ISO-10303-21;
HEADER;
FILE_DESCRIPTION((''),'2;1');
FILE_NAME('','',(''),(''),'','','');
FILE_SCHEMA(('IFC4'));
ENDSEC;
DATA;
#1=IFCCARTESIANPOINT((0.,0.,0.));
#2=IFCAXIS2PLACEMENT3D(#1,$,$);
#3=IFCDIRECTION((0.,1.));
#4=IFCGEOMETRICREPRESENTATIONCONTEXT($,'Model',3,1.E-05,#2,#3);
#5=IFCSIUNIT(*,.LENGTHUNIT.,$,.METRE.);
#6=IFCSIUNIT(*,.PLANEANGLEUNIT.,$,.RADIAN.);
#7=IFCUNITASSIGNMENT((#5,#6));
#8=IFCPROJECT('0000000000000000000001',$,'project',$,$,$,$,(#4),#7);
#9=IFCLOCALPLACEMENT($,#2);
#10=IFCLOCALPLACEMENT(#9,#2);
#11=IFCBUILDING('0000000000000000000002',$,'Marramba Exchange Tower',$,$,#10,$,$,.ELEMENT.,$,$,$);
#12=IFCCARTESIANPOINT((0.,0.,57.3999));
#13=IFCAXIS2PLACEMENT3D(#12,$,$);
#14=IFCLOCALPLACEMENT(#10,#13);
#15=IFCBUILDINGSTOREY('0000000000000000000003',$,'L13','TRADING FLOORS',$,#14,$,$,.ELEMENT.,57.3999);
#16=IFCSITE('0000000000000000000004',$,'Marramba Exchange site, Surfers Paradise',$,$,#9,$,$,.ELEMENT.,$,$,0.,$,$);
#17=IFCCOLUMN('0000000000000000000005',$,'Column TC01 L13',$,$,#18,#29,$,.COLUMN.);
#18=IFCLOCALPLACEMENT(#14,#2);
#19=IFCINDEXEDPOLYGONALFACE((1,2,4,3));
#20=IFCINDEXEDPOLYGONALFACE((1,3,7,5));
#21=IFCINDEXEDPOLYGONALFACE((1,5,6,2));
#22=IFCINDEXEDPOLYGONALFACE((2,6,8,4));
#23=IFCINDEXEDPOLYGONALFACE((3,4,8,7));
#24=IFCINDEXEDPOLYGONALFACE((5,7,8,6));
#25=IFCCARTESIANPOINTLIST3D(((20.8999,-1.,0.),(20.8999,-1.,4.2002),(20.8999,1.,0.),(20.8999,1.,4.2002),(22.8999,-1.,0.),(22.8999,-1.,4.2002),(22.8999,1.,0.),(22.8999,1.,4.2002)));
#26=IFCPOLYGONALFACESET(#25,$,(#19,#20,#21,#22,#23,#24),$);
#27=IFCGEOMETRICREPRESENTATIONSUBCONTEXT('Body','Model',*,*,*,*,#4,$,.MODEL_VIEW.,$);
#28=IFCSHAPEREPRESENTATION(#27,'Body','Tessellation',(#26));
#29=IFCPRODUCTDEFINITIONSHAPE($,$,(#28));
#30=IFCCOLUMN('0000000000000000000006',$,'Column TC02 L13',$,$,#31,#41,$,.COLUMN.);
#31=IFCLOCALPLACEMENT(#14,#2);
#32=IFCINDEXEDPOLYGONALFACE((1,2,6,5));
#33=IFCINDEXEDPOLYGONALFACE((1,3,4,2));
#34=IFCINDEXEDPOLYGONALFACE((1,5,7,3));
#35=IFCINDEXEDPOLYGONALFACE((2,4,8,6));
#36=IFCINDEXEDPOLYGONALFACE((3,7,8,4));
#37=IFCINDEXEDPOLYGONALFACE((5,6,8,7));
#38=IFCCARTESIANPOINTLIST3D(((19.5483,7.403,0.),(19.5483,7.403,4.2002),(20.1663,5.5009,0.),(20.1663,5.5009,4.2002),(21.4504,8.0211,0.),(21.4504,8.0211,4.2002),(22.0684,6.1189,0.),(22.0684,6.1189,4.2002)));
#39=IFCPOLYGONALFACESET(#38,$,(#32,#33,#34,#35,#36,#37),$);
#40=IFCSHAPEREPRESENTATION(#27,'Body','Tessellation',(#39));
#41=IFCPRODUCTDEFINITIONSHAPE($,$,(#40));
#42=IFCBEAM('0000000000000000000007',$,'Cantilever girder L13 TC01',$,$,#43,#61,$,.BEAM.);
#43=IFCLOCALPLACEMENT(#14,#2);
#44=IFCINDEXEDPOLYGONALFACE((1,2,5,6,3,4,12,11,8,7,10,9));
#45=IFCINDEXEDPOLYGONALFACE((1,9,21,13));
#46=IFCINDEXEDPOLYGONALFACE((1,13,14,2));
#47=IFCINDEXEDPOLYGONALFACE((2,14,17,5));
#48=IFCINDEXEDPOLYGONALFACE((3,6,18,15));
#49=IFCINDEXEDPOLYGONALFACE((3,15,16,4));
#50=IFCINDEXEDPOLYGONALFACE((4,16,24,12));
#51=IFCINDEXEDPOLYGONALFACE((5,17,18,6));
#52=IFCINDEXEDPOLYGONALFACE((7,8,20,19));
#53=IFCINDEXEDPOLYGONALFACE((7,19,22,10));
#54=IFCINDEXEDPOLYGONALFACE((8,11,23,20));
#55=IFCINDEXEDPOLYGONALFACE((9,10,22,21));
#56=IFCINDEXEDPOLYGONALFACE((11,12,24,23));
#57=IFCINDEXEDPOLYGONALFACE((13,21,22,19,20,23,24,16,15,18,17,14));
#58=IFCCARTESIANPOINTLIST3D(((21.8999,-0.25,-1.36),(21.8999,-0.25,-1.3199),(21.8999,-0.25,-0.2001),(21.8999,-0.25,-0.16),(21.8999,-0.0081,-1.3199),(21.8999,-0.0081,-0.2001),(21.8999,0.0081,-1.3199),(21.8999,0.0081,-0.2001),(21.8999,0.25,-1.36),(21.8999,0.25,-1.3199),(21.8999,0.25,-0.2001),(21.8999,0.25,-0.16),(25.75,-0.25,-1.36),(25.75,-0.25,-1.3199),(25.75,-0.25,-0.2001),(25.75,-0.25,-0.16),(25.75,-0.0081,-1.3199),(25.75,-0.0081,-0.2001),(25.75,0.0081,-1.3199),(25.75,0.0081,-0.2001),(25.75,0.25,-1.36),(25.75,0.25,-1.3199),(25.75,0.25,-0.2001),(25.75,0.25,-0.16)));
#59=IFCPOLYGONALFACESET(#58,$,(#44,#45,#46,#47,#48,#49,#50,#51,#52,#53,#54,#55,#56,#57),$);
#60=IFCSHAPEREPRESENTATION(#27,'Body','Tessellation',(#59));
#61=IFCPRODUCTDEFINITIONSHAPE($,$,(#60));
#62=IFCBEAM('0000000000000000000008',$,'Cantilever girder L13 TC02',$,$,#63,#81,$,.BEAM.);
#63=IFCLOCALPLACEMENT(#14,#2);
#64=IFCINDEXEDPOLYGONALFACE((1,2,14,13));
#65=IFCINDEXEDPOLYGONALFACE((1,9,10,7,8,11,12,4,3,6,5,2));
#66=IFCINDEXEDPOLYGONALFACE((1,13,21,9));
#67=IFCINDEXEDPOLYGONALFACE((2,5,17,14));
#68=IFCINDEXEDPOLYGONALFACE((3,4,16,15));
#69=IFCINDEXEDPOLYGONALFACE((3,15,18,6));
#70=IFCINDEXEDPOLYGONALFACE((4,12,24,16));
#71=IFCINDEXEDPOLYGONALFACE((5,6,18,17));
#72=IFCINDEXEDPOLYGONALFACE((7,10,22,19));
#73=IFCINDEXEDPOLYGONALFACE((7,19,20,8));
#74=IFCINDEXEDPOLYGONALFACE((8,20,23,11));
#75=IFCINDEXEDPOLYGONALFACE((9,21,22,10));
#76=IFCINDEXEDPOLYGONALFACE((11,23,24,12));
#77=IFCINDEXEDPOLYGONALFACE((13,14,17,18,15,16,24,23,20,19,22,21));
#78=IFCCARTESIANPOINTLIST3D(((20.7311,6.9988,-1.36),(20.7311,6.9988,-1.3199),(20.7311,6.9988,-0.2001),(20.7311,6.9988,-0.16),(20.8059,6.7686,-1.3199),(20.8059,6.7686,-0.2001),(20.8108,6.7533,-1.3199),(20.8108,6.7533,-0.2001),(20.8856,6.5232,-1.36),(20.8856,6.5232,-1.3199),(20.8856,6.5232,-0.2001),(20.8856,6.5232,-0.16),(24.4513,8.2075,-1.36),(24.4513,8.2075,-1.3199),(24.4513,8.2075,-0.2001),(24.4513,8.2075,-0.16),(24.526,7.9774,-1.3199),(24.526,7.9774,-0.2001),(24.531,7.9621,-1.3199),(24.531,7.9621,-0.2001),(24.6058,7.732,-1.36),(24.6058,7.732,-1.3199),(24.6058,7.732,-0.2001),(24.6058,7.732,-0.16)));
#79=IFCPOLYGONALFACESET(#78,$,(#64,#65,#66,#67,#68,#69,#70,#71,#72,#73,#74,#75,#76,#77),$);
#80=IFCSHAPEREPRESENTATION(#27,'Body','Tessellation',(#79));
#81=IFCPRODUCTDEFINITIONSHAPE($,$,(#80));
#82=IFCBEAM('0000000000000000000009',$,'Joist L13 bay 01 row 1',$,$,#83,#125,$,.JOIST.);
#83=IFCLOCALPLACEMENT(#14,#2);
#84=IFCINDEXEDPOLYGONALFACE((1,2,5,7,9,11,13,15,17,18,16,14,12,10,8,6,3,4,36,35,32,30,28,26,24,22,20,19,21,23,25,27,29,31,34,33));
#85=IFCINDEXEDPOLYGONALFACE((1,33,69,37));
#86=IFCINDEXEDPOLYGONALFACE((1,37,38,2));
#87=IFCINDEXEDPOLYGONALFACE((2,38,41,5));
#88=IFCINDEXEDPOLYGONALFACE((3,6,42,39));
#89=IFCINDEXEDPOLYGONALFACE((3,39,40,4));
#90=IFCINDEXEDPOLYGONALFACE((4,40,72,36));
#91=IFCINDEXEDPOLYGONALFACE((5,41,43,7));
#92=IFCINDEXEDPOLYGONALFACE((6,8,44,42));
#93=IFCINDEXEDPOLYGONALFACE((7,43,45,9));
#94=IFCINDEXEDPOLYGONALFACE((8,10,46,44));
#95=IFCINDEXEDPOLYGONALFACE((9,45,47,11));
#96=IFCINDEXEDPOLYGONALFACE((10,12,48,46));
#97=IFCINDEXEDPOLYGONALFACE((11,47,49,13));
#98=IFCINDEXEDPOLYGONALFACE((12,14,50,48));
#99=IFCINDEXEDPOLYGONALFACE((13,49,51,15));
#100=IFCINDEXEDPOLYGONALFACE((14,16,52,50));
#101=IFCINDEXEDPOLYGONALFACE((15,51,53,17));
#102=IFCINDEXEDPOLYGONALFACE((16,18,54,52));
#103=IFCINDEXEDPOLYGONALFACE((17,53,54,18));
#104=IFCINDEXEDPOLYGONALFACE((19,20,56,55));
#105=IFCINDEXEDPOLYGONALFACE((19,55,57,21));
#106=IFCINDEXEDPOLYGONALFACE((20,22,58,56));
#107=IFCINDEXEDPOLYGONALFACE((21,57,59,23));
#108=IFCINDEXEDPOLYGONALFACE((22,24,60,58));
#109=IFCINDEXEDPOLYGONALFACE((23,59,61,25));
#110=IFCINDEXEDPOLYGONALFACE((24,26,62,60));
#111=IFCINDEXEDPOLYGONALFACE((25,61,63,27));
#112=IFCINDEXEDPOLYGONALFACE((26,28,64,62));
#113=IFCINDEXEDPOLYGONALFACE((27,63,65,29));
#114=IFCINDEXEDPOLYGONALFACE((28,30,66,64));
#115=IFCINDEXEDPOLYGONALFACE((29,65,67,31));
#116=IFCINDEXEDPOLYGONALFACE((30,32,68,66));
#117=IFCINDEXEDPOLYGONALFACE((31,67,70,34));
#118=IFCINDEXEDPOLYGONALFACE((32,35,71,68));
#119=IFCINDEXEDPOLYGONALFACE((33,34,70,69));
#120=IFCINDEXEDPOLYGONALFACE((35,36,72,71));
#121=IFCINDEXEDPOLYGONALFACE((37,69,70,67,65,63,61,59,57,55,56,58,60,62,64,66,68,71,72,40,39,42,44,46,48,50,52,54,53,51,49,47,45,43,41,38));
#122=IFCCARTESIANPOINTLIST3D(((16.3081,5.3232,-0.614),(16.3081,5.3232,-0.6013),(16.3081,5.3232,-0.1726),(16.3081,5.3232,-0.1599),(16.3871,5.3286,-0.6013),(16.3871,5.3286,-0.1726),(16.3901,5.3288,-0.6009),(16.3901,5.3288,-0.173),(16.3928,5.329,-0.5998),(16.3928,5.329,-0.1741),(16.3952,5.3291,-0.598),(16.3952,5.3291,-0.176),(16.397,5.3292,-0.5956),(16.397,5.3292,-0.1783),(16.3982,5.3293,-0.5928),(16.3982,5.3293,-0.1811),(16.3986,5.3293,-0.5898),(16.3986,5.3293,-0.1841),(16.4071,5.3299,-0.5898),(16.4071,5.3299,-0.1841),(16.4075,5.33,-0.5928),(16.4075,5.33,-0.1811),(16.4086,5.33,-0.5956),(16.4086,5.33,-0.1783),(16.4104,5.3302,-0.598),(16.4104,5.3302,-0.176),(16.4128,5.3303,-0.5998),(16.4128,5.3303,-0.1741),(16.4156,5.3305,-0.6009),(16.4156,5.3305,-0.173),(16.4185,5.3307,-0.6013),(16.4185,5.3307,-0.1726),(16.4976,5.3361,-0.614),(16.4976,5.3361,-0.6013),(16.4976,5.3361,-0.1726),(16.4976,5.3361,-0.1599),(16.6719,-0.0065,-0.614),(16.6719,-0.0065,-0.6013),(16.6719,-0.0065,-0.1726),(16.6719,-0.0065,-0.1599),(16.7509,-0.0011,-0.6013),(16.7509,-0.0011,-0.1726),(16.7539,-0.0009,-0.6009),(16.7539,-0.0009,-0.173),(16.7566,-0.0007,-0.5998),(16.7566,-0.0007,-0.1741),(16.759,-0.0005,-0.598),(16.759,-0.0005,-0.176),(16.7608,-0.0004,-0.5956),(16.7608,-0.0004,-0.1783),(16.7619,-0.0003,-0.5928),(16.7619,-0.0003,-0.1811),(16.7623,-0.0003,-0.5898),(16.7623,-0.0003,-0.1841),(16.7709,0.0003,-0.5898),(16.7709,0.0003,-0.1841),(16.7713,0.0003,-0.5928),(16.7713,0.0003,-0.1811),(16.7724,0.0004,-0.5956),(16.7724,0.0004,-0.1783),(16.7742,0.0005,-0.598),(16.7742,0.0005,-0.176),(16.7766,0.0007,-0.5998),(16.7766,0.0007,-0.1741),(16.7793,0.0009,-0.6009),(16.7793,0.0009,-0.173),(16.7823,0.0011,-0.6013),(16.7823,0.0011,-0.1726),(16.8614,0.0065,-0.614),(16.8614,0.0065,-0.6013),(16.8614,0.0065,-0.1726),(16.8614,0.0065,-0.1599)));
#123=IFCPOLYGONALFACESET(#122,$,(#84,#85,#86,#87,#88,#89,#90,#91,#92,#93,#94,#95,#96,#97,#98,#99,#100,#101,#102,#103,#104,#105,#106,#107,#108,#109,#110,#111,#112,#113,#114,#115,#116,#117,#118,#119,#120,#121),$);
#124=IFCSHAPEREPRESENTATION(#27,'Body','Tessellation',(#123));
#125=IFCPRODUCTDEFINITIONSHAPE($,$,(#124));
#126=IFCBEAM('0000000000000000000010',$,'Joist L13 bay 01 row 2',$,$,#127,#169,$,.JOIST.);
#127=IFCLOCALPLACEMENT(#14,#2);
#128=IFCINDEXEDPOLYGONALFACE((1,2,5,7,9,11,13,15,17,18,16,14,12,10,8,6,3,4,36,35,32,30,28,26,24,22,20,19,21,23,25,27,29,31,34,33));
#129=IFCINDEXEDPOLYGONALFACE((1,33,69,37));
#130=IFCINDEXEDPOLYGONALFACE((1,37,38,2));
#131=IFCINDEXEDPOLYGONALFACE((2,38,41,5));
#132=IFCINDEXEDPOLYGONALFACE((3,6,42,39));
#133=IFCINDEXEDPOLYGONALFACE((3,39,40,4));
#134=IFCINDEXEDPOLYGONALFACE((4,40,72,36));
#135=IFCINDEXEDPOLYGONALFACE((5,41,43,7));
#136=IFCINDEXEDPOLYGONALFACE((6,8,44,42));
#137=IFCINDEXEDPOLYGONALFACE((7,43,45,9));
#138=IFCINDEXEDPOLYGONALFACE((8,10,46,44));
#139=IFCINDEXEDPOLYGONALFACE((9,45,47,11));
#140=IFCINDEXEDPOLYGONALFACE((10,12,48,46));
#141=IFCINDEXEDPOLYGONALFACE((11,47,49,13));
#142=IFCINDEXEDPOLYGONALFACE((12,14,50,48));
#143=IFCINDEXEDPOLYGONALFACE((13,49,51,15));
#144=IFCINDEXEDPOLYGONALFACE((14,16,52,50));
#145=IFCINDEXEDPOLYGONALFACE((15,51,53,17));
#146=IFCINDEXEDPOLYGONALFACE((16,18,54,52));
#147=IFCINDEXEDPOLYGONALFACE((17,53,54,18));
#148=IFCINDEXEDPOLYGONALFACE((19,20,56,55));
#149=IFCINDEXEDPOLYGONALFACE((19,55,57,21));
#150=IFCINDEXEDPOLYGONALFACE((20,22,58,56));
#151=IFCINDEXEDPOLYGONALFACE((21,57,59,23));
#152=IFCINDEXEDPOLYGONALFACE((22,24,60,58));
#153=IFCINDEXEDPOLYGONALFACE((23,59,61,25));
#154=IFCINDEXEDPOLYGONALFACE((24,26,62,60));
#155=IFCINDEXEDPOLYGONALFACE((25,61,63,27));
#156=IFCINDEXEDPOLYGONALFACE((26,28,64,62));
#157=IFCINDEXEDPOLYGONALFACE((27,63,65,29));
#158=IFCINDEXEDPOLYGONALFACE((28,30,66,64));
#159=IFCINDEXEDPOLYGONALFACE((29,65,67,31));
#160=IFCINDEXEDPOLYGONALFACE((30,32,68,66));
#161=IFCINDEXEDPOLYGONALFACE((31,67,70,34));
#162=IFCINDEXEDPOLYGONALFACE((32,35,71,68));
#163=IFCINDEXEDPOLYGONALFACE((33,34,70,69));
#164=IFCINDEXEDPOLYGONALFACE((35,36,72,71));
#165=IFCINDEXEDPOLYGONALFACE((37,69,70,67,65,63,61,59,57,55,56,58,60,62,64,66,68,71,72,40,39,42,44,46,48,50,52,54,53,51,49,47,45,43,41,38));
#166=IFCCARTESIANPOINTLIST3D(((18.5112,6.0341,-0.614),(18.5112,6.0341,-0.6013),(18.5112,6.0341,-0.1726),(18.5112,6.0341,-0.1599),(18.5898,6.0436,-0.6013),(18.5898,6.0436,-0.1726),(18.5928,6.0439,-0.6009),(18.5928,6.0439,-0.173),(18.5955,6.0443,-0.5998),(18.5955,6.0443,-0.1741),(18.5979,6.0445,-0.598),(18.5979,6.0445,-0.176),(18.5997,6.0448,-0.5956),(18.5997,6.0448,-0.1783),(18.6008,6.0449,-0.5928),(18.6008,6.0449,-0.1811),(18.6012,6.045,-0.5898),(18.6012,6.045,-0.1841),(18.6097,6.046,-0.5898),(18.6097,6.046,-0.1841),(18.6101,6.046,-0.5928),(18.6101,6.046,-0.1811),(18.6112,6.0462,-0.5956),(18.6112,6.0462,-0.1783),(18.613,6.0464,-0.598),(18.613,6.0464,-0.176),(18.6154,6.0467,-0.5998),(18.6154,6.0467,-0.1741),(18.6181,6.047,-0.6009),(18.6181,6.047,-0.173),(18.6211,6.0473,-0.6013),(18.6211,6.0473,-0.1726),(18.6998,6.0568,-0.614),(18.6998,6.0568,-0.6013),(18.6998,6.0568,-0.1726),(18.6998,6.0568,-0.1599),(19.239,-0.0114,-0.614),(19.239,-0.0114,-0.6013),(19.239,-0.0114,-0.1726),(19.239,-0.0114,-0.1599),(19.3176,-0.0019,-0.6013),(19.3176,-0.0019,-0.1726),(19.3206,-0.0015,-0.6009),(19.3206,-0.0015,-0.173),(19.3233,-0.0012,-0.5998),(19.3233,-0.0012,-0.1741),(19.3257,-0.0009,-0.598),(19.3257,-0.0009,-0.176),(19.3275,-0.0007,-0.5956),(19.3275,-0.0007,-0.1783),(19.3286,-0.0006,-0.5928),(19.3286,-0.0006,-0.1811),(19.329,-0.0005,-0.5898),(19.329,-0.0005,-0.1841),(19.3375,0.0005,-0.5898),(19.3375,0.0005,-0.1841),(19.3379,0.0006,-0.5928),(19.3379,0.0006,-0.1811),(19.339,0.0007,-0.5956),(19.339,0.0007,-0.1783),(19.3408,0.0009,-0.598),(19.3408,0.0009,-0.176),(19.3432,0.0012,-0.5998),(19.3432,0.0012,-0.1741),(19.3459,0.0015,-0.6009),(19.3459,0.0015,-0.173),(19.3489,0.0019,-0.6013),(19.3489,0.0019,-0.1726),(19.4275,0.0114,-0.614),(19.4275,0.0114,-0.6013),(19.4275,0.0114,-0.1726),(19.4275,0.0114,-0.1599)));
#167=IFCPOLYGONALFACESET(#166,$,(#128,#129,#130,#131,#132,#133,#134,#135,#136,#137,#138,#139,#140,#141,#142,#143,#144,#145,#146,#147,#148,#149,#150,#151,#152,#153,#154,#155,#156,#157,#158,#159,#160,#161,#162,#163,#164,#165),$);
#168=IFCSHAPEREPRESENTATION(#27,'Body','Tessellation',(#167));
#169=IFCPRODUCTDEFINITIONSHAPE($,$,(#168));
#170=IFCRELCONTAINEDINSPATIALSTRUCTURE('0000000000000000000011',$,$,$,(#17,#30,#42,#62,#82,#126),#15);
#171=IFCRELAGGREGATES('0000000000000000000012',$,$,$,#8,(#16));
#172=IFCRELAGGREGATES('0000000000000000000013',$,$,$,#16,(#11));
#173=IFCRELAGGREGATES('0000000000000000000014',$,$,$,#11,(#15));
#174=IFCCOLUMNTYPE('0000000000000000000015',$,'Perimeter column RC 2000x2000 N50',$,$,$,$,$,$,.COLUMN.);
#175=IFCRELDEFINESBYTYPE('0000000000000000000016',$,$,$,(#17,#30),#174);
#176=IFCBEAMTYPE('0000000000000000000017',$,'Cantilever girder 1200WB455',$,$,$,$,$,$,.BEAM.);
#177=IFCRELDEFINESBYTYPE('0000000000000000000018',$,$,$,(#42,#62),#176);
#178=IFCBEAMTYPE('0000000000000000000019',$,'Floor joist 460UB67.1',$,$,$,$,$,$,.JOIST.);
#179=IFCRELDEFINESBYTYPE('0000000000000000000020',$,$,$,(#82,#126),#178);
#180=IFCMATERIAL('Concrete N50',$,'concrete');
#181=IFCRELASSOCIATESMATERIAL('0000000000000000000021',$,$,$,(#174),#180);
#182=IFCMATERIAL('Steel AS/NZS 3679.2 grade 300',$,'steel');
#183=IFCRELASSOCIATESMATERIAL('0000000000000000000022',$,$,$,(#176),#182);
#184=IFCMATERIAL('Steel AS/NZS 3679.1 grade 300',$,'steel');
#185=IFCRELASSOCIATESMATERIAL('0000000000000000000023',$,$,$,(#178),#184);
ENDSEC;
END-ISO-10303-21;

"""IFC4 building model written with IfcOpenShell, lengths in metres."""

from ifc_helpers import new_model, si_unit, direction, frame, origin, origin_2d, place, context, subcontext, project, spatial, rectangle, i_section, extrude, material, material_profile, profile_set, type_object, element, save


model = new_model("IFC4")

# Units and contexts
model_context = context("Model", 3, precision=1e-05, world=origin(), true_north=direction((0.0, 1.0)))
body_context = subcontext(model_context, "Body", "Model", "MODEL_VIEW")
ifc_project = project(units=[si_unit("LENGTHUNIT", "METRE"), si_unit("PLANEANGLEUNIT", "RADIAN")], contexts=[model_context])

# Site, building, storey
site_placement = place(None, origin())
site = spatial("IfcSite", under=ifc_project, at=site_placement, Name="Marramba Exchange site, Surfers Paradise", CompositionType="ELEMENT", RefElevation=0.0)
building_placement = place(site_placement, origin())
building = spatial("IfcBuilding", under=site, at=building_placement, Name="Marramba Exchange Tower", CompositionType="ELEMENT")
storey_placement = place(building_placement, frame((0.0, 0.0, 57.3999)))
storey = spatial("IfcBuildingStorey", under=building, at=storey_placement, Name="L13", Description="TRADING FLOORS", CompositionType="ELEMENT", Elevation=57.3999)

# Columns
ifc_material_1 = material(Name="Concrete N50", Category="concrete")
ifc_material_profile_1 = material_profile(ifc_material_1, rectangle(XDim=2.0, YDim=2.0, at=origin_2d()), Name="RC 2000x2000")
ifc_profile_set_1 = profile_set([ifc_material_profile_1], Name="Concrete N50")
column_type = type_object("IfcColumnType", Name="Perimeter column RC 2000x2000 N50", PredefinedType="COLUMN", material=ifc_profile_set_1)
for number, where, z_axis, x_axis, name in (
    (1, (21.8999, 0.0, 0.0), (0.0, 0.0, 1.0), (1.0, 0.0, 0.0), "Column TC01 L13"),
    (2, (20.8083, 6.761, 0.0), (0.0, 0.0, 1.0), (0.951057, 0.309017, 0.0), "Column TC02 L13"),
):
    element("IfcColumn", number, at=place(storey_placement, frame(where, z_axis=z_axis, x_axis=x_axis)), inside=storey, type_object=column_type, Name=name, PredefinedType="COLUMN", context=body_context, shape_type="SweptSolid", body=[
        extrude(rectangle(XDim=2.0, YDim=2.0, at=origin_2d()), origin(), (0.0, 0.0, 1.0), 4.2002),
    ])

# Beams
ifc_material_2 = material(Name="Steel AS/NZS 3679.2 grade 300", Category="steel")
ifc_material_profile_2 = material_profile(ifc_material_2, i_section(OverallWidth=0.5, OverallDepth=1.2, WebThickness=0.0161, FlangeThickness=0.04, at=origin_2d()), Name="1200WB455")
ifc_profile_set_2 = profile_set([ifc_material_profile_2], Name="Steel AS/NZS 3679.2 grade 300")
beam_type_1 = type_object("IfcBeamType", Name="Cantilever girder 1200WB455", PredefinedType="BEAM", material=ifc_profile_set_2)
beam_1_placement = place(storey_placement, frame((21.8999, 0.0, -0.76), z_axis=(1.0, 0.0, 0.0), x_axis=(0.0, 1.0, 0.0)))
element("IfcBeam", 3, at=beam_1_placement, inside=storey, type_object=beam_type_1, Name="Cantilever girder L13 TC01", PredefinedType="BEAM", context=body_context, shape_type="SweptSolid", body=[
    extrude(i_section(OverallWidth=0.5, OverallDepth=1.2, WebThickness=0.0161, FlangeThickness=0.04, at=origin_2d()), origin(), (0.0, 0.0, 1.0), 3.8501),
])
beam_2_placement = place(storey_placement, frame((20.8083, 6.761, -0.76), z_axis=(0.951059, 0.30901, 0.0), x_axis=(-0.30901, 0.951059, 0.0)))
element("IfcBeam", 4, at=beam_2_placement, inside=storey, type_object=beam_type_1, Name="Cantilever girder L13 TC02", PredefinedType="BEAM", context=body_context, shape_type="SweptSolid", body=[
    extrude(i_section(OverallWidth=0.5, OverallDepth=1.2, WebThickness=0.0161, FlangeThickness=0.04, at=origin_2d()), origin(), (0.0, 0.0, 1.0), 3.9116),
])
ifc_material_3 = material(Name="Steel AS/NZS 3679.1 grade 300", Category="steel")
ifc_material_profile_3 = material_profile(ifc_material_3, i_section(OverallWidth=0.1899, OverallDepth=0.4541, WebThickness=0.0085, FlangeThickness=0.0127, FilletRadius=0.0115, at=origin_2d()), Name="460UB67.1")
ifc_profile_set_3 = profile_set([ifc_material_profile_3], Name="Steel AS/NZS 3679.1 grade 300")
beam_type_2 = type_object("IfcBeamType", Name="Floor joist 460UB67.1", PredefinedType="JOIST", material=ifc_profile_set_3)
beam_3_placement = place(storey_placement, frame((16.7666, 0.0, -0.387), z_axis=(-0.068096, 0.997679, 0.0), x_axis=(-0.997679, -0.068096, 0.0)))
element("IfcBeam", 5, at=beam_3_placement, inside=storey, type_object=beam_type_2, Name="Joist L13 bay 01 row 1", PredefinedType="JOIST", context=body_context, shape_type="SweptSolid", body=[
    extrude(i_section(OverallWidth=0.1899, OverallDepth=0.4541, WebThickness=0.0085, FlangeThickness=0.0127, FilletRadius=0.0115, at=origin_2d()), origin(), (0.0, 0.0, 1.0), 5.342),
])
beam_4_placement = place(storey_placement, frame((19.3333, 0.0, -0.387), z_axis=(-0.119523, 0.992831, 0.0), x_axis=(-0.992831, -0.119523, 0.0)))
element("IfcBeam", 6, at=beam_4_placement, inside=storey, type_object=beam_type_2, Name="Joist L13 bay 01 row 2", PredefinedType="JOIST", context=body_context, shape_type="SweptSolid", body=[
    extrude(i_section(OverallWidth=0.1899, OverallDepth=0.4541, WebThickness=0.0085, FlangeThickness=0.0127, FilletRadius=0.0115, at=origin_2d()), origin(), (0.0, 0.0, 1.0), 6.0891),
])

save(model, "model.ifc")
